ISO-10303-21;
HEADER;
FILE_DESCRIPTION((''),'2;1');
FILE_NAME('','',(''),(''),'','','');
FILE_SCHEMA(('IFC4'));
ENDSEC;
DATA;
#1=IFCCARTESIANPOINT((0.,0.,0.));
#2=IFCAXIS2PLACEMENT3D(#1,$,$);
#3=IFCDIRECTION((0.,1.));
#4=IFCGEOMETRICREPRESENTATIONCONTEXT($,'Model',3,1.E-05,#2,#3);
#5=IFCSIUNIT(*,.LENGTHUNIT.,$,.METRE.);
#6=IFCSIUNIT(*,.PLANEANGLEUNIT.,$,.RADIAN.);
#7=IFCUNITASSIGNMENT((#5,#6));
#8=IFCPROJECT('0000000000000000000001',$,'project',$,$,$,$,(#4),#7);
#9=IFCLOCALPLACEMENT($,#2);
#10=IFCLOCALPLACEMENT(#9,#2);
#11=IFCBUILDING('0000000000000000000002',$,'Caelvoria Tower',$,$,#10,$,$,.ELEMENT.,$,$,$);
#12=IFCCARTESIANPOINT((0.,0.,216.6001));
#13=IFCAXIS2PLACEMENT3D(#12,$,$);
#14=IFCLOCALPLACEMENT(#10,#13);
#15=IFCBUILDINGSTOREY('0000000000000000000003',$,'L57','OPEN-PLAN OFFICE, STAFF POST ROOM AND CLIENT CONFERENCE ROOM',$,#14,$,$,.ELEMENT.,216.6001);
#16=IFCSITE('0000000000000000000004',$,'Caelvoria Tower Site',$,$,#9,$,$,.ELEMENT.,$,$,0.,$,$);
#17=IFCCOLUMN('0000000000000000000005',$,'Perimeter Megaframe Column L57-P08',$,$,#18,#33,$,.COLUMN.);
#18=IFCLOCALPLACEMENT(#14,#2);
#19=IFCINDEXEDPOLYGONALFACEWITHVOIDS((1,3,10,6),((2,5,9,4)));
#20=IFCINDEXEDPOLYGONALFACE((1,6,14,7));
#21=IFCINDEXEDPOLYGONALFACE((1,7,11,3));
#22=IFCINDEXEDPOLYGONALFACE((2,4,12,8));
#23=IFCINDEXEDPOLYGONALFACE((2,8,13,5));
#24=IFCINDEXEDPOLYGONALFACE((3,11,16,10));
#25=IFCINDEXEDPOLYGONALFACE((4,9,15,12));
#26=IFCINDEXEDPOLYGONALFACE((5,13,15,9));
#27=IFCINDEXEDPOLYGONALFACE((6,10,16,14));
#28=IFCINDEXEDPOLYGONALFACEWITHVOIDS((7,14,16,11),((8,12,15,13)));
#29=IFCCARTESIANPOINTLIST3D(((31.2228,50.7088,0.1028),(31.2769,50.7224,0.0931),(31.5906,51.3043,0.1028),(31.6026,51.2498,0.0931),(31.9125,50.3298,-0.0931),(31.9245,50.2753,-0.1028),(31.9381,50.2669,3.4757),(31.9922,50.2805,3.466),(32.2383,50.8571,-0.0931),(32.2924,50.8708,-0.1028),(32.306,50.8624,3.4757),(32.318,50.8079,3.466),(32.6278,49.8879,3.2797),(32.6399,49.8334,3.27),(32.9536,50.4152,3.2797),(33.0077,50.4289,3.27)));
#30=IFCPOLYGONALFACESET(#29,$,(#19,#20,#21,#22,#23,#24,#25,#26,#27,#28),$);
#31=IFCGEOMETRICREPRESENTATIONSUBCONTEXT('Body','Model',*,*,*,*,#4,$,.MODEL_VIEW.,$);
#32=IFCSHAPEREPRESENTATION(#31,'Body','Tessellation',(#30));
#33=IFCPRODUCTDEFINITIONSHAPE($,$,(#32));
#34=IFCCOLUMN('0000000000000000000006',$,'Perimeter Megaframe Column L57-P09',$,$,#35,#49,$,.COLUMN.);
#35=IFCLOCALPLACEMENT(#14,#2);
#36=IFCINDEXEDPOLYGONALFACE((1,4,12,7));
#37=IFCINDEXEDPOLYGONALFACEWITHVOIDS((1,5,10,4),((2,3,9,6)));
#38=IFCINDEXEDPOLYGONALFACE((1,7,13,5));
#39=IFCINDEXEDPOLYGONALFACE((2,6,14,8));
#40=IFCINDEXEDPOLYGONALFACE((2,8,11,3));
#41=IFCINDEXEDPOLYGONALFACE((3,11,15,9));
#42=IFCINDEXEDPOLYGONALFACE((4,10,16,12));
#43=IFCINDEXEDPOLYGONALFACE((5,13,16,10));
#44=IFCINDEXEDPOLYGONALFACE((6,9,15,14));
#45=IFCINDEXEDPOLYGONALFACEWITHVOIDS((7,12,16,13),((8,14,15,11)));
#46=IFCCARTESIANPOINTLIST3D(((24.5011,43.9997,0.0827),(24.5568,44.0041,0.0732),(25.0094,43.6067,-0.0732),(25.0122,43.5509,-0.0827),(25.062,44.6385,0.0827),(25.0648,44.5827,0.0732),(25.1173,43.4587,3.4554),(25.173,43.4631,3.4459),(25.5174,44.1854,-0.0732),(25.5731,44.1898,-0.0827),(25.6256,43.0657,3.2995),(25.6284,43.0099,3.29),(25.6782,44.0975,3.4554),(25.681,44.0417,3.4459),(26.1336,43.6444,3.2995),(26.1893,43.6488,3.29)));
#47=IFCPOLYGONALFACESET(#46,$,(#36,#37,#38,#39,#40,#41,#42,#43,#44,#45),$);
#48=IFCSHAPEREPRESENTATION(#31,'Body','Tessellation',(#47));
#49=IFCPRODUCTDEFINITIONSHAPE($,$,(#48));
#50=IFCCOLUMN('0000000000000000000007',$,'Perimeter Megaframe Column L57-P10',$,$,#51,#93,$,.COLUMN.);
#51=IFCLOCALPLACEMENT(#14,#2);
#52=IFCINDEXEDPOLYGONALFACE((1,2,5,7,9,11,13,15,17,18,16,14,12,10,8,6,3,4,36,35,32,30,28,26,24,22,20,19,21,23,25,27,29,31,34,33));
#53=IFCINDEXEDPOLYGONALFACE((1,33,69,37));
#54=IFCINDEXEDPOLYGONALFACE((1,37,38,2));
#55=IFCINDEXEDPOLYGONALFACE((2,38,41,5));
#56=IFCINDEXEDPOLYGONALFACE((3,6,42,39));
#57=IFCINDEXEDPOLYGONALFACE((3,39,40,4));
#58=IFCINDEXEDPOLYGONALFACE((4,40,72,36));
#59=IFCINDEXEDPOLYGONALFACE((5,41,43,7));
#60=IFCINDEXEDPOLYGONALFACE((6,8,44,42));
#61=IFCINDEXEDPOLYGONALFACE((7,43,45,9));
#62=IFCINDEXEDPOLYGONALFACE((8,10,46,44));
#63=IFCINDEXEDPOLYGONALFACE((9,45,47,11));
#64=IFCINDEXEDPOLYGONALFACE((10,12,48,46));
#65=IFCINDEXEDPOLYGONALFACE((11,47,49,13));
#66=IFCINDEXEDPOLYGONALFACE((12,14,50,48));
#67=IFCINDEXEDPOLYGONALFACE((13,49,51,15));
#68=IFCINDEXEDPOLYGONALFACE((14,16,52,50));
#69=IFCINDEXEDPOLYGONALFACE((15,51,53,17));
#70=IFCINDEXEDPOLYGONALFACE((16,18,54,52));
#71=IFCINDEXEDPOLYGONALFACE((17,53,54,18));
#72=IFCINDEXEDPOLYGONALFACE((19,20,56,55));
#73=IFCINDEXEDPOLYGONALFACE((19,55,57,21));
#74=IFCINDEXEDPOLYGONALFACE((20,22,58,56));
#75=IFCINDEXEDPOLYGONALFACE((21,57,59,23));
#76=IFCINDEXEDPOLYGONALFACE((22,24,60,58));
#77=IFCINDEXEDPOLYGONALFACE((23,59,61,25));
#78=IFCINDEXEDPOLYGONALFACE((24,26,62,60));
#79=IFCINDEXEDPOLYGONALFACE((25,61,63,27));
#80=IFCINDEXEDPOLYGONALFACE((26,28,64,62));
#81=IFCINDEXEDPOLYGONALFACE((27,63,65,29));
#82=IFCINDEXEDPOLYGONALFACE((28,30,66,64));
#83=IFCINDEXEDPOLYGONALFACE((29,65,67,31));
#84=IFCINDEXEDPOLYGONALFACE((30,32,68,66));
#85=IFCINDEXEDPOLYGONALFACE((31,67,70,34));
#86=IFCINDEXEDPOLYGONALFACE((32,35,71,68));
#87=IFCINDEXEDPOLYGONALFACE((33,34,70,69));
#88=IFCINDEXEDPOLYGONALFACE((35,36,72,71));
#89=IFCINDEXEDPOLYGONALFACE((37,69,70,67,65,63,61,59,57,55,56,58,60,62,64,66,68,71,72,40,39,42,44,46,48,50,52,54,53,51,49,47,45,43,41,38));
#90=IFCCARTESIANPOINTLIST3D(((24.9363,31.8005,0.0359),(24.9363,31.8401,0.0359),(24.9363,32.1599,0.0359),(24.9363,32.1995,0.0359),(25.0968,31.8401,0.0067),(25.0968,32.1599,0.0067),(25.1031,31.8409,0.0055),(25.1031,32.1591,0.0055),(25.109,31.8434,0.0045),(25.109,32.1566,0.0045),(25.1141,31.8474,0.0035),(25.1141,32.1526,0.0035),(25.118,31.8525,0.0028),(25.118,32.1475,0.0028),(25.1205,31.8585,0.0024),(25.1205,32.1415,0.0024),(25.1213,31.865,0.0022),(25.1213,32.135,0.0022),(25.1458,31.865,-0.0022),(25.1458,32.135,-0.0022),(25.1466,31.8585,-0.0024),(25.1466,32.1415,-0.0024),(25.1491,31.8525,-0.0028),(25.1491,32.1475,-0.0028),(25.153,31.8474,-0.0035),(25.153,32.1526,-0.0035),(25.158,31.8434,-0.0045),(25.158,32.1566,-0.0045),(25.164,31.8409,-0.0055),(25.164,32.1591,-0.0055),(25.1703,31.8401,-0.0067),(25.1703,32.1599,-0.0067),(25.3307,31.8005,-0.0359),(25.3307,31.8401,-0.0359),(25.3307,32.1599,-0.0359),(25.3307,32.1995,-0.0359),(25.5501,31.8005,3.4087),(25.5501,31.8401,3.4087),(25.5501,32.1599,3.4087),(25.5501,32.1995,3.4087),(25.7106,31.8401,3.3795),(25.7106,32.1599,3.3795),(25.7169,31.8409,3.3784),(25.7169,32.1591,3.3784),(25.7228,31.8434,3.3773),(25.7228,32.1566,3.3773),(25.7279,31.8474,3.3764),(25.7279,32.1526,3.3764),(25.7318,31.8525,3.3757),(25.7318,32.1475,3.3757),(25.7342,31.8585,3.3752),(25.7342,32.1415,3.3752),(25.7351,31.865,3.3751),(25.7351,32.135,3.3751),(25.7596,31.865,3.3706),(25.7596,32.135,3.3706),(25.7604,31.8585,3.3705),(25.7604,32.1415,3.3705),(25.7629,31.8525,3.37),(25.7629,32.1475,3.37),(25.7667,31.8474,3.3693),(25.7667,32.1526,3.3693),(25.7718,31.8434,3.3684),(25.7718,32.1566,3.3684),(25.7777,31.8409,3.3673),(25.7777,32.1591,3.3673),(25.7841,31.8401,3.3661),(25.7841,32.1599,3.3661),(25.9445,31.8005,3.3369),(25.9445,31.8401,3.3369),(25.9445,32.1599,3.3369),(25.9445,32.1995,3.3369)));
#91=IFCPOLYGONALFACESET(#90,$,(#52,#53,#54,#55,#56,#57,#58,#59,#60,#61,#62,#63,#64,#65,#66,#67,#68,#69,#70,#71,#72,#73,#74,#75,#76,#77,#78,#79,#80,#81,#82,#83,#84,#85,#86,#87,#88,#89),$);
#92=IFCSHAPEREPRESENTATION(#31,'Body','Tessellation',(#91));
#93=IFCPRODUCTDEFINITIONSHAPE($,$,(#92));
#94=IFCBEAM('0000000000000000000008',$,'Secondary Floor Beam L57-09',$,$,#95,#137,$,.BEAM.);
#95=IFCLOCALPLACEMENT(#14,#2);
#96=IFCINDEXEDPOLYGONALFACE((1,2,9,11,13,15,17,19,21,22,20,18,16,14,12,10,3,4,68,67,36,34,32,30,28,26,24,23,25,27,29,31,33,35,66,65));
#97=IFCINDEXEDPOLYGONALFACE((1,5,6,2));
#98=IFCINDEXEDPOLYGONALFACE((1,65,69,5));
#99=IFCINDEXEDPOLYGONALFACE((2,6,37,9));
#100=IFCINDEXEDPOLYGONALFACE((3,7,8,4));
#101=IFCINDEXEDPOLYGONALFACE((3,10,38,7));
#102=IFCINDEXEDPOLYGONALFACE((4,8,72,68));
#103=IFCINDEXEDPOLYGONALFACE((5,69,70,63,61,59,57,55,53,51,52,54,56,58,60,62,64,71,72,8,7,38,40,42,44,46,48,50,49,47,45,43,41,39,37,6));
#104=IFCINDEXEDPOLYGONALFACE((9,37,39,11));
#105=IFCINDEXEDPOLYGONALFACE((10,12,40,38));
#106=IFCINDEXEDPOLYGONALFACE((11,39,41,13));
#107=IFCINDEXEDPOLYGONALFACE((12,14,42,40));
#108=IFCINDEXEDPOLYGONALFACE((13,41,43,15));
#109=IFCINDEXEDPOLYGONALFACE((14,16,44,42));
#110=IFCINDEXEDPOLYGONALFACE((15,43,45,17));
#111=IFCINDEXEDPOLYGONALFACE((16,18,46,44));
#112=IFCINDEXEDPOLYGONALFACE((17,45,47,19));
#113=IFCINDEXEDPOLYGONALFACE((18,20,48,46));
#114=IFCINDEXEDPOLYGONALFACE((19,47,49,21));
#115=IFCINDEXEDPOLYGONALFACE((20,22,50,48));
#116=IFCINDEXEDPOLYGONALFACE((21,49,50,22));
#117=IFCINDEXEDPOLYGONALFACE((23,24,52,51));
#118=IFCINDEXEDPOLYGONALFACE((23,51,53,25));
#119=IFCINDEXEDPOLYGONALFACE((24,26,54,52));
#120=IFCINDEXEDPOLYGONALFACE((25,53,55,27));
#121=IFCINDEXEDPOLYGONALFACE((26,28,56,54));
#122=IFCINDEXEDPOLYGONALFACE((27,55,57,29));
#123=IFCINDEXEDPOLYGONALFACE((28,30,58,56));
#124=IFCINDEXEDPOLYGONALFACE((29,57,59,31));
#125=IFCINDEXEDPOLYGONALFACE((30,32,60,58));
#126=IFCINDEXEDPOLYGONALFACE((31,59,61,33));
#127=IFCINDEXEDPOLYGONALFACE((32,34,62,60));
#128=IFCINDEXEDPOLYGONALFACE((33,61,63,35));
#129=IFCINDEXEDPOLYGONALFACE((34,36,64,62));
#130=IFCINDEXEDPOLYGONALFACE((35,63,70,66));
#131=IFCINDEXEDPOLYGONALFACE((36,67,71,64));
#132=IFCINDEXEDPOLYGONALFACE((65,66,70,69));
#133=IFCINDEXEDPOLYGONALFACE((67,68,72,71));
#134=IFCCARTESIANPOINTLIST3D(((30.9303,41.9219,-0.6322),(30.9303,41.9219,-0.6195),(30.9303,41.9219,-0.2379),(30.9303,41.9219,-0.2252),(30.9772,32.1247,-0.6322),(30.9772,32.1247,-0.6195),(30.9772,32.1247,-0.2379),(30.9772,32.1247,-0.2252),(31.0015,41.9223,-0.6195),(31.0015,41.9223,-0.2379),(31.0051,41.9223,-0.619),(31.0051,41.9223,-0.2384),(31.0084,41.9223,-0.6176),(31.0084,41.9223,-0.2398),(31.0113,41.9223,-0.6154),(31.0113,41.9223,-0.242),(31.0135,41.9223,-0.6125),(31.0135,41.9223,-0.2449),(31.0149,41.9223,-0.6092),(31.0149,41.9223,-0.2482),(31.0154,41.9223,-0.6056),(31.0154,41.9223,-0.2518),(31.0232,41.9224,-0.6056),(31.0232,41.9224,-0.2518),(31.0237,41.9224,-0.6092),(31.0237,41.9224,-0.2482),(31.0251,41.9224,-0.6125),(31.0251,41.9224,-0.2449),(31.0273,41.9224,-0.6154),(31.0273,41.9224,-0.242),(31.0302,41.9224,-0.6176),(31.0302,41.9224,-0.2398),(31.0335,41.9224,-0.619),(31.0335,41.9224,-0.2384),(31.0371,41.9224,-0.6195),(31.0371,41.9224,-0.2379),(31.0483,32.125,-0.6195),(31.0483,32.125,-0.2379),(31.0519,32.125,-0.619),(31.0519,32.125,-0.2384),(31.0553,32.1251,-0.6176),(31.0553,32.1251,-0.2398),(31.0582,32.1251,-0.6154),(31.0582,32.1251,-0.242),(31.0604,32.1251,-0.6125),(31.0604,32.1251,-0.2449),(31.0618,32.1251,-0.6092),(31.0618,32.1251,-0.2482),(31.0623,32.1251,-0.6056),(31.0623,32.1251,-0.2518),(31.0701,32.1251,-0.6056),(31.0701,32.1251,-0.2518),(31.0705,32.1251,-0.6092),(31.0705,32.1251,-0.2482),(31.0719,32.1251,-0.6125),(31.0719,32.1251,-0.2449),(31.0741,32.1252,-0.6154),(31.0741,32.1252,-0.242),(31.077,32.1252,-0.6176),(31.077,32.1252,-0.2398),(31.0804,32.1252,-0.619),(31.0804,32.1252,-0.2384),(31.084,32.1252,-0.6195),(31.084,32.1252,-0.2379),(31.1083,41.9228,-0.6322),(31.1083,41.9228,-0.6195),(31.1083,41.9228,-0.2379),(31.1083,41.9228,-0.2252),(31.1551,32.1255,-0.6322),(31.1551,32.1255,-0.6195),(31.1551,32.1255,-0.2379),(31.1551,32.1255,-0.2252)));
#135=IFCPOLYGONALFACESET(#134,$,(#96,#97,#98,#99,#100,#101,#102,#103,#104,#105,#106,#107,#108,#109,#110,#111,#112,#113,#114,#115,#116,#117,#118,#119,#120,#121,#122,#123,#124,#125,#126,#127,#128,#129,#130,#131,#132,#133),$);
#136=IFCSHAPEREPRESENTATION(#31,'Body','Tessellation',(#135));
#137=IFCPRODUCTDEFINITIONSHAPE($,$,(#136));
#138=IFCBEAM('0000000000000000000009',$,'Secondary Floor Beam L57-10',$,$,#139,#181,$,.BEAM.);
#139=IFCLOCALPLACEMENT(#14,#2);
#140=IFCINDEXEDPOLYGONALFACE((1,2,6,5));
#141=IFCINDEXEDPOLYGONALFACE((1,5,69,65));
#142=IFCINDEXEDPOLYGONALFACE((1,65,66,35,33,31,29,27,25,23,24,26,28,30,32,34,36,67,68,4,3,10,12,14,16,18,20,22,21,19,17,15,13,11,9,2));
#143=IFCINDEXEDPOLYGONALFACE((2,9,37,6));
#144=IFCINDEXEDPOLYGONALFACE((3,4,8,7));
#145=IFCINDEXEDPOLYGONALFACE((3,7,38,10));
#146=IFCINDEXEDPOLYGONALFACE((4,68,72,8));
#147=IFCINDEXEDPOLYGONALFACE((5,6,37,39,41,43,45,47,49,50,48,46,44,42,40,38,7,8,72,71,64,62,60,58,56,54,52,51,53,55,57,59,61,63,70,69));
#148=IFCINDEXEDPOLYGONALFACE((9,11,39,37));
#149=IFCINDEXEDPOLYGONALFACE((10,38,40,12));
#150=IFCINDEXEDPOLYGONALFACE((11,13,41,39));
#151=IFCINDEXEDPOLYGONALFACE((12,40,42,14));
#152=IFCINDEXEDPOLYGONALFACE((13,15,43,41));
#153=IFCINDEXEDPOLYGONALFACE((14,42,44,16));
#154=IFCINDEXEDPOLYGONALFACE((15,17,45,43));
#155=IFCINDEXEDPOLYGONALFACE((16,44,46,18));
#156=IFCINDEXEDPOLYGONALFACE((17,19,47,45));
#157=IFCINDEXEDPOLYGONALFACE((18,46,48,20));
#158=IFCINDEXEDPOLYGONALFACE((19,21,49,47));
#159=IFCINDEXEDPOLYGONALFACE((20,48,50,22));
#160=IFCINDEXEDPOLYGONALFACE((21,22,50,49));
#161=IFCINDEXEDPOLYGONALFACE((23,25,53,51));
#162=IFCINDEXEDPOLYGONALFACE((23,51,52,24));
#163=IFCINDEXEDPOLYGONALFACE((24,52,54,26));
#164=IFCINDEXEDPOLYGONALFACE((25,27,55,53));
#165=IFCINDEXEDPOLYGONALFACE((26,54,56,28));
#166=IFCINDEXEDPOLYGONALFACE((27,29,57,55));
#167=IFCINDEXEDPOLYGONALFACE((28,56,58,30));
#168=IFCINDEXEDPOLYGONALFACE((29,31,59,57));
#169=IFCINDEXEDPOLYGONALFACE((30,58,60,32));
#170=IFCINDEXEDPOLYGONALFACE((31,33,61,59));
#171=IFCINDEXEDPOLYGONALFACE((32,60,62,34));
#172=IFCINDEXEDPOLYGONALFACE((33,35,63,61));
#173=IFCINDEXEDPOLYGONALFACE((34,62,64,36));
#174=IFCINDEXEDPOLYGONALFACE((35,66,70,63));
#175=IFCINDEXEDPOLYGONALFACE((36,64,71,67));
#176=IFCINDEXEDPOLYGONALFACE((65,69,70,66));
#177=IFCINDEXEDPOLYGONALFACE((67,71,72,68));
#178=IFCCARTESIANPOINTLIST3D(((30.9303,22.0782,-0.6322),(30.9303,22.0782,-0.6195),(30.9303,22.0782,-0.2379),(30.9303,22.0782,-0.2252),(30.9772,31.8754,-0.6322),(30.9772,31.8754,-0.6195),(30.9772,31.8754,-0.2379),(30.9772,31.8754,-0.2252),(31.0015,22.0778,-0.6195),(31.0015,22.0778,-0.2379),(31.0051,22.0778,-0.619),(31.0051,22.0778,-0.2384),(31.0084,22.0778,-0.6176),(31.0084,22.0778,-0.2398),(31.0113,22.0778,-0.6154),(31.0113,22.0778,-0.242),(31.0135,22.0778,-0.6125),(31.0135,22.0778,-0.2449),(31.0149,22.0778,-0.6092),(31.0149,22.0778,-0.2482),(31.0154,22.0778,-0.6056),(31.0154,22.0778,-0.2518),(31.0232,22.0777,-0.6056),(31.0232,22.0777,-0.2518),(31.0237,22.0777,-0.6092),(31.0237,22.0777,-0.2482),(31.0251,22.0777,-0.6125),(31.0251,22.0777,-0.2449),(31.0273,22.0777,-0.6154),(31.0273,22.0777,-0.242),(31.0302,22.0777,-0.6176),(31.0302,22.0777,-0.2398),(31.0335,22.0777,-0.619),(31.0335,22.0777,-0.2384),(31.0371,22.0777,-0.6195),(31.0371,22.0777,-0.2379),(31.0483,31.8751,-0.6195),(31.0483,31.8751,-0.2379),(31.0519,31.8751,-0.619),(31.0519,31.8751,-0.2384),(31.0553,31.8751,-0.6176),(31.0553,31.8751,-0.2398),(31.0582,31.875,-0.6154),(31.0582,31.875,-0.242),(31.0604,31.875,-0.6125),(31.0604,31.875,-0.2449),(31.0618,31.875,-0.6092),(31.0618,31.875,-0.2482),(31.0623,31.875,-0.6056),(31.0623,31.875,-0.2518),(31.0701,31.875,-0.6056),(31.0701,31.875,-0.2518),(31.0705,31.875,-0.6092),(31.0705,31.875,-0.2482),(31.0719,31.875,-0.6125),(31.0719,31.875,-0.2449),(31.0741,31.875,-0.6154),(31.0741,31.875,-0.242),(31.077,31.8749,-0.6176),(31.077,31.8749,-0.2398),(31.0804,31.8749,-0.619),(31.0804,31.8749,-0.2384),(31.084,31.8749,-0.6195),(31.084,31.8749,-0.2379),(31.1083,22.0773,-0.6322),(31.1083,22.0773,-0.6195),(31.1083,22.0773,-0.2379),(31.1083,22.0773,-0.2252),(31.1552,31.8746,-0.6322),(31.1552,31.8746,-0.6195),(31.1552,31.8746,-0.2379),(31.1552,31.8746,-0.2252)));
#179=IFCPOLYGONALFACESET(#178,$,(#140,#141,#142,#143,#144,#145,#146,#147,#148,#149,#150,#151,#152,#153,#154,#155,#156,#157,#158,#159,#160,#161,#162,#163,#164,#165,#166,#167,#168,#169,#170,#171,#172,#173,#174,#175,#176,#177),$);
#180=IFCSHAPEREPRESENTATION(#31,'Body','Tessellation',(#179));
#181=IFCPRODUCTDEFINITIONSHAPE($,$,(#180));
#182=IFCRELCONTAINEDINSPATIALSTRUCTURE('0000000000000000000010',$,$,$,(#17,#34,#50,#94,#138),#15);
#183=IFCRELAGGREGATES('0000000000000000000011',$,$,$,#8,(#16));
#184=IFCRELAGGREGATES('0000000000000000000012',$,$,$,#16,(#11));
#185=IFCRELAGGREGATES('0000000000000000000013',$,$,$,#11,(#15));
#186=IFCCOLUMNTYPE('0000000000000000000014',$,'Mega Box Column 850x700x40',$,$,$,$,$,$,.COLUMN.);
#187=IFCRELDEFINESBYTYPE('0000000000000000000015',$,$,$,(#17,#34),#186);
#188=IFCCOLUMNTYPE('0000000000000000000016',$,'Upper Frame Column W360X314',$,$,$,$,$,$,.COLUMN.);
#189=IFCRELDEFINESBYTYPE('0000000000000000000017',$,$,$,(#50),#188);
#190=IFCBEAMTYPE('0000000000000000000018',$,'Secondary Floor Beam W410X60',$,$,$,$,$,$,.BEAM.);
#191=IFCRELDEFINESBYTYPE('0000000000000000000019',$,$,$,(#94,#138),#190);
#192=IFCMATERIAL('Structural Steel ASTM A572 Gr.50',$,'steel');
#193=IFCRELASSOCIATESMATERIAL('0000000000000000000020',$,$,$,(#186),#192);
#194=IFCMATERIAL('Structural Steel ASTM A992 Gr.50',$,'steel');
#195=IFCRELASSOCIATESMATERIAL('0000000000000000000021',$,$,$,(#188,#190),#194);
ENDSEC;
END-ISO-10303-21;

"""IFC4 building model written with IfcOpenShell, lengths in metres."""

from ifc_helpers import new_model, si_unit, direction, frame, origin, origin_2d, place, context, subcontext, project, spatial, hollow_rectangle, i_section, extrude, material, material_profile, profile_set, type_object, element, save


model = new_model("IFC4")

# Units and contexts
model_context = context("Model", 3, precision=1e-05, world=origin(), true_north=direction((0.0, 1.0)))
body_context = subcontext(model_context, "Body", "Model", "MODEL_VIEW")
ifc_project = project(units=[si_unit("LENGTHUNIT", "METRE"), si_unit("PLANEANGLEUNIT", "RADIAN")], contexts=[model_context])

# Site, building, storey
site_placement = place(None, origin())
site = spatial("IfcSite", under=ifc_project, at=site_placement, Name="Caelvoria Tower Site", CompositionType="ELEMENT", RefElevation=0.0)
building_placement = place(site_placement, origin())
building = spatial("IfcBuilding", under=site, at=building_placement, Name="Caelvoria Tower", CompositionType="ELEMENT")
storey_placement = place(building_placement, frame((0.0, 0.0, 216.6001)))
storey = spatial("IfcBuildingStorey", under=building, at=storey_placement, Name="L57", Description="OPEN-PLAN OFFICE, STAFF POST ROOM AND CLIENT CONFERENCE ROOM", CompositionType="ELEMENT", Elevation=216.6001)

# Columns
ifc_material_1 = material(Name="Structural Steel ASTM A572 Gr.50", Category="steel")
ifc_material_profile_1 = material_profile(ifc_material_1, hollow_rectangle(XDim=0.7, YDim=0.8501, WallThickness=0.04, at=origin_2d()), Name="Structural Steel ASTM A572 Gr.50")
ifc_profile_set_1 = profile_set([ifc_material_profile_1], Name="BOX850X700X40 - Structural Steel ASTM A572 Gr.50")
column_type_1 = type_object("IfcColumnType", Name="Mega Box Column 850x700x40", PredefinedType="COLUMN", material=ifc_profile_set_1)
column_1_placement = place(storey_placement, frame((31.7576, 50.7898, 0.0), z_axis=(0.20579, -0.127126, 0.970304), x_axis=(0.525555, 0.85076, 0.0)))
element("IfcColumn", 1, at=column_1_placement, inside=storey, type_object=column_type_1, Name="Perimeter Megaframe Column L57-P08", PredefinedType="COLUMN", context=body_context, shape_type="SweptSolid", body=[
    extrude(hollow_rectangle(XDim=0.7, YDim=0.8501, WallThickness=0.04, at=origin_2d()), origin(), (0.0, 0.0, 1.0), 3.4761),
])
column_2_placement = place(storey_placement, frame((25.0371, 44.0947, 0.0), z_axis=(0.177529, -0.155865, 0.971694), x_axis=(-0.730198, 0.641093, 0.236242)))
element("IfcColumn", 2, at=column_2_placement, inside=storey, type_object=column_type_1, Name="Perimeter Megaframe Column L57-P09", PredefinedType="COLUMN", context=body_context, shape_type="SweptSolid", body=[
    extrude(hollow_rectangle(XDim=0.7, YDim=0.8501, WallThickness=0.04, at=origin_2d()), origin(), (0.0, 0.0, 1.0), 3.4709),
])
ifc_material_2 = material(Name="Structural Steel ASTM A992 Gr.50", Category="steel")
ifc_material_profile_2 = material_profile(ifc_material_2, i_section(OverallWidth=0.4009, OverallDepth=0.3989, WebThickness=0.0249, FlangeThickness=0.0396, FilletRadius=0.0249, at=origin_2d()), Name="Structural Steel ASTM A992 Gr.50")
ifc_profile_set_2 = profile_set([ifc_material_profile_2], Name="W360X314 - Structural Steel ASTM A992 Gr.50")
column_type_2 = type_object("IfcColumnType", Name="Upper Frame Column W360X314", PredefinedType="COLUMN", material=ifc_profile_set_2)
column_3_placement = place(storey_placement, frame((25.1335, 32.0, 0.0), z_axis=(0.179036, 0.0, 0.983843), x_axis=(-0.983843, 0.0, 0.179036)))
element("IfcColumn", 3, at=column_3_placement, inside=storey, type_object=column_type_2, Name="Perimeter Megaframe Column L57-P10", PredefinedType="COLUMN", context=body_context, shape_type="SweptSolid", body=[
    extrude(i_section(OverallWidth=0.4009, OverallDepth=0.3989, WebThickness=0.0249, FlangeThickness=0.0396, FilletRadius=0.0249, at=origin_2d()), origin(), (0.0, 0.0, 1.0), 3.4282),
])

# Beams
ifc_material_profile_3 = material_profile(ifc_material_2, i_section(OverallWidth=0.178, OverallDepth=0.407, WebThickness=0.0078, FlangeThickness=0.0127, FilletRadius=0.0139, at=origin_2d()), Name="Structural Steel ASTM A992 Gr.50")
ifc_profile_set_3 = profile_set([ifc_material_profile_3], Name="W410X60 - Structural Steel ASTM A992 Gr.50")
beam_type_1 = type_object("IfcBeamType", Name="Secondary Floor Beam W410X60", PredefinedType="BEAM", material=ifc_profile_set_3)
for number, where, z_axis, x_axis, name in (
    (4, (31.0193, 41.9224, -0.4287), (0.004784, -0.999989, 0.0), (0.999989, 0.004784, 0.0), "Secondary Floor Beam L57-09"),
    (5, (31.0662, 31.875, -0.4287), (-0.004784, -0.999989, 0.0), (0.999989, -0.004784, 0.0), "Secondary Floor Beam L57-10"),
):
    element("IfcBeam", number, at=place(storey_placement, frame(where, z_axis=z_axis, x_axis=x_axis)), inside=storey, type_object=beam_type_1, Name=name, PredefinedType="BEAM", context=body_context, shape_type="SweptSolid", body=[
        extrude(i_section(OverallWidth=0.178, OverallDepth=0.407, WebThickness=0.0078, FlangeThickness=0.0127, FilletRadius=0.0139, at=origin_2d()), origin(), (0.0, 0.0, 1.0), 9.7974),
    ])

save(model, "model.ifc")
